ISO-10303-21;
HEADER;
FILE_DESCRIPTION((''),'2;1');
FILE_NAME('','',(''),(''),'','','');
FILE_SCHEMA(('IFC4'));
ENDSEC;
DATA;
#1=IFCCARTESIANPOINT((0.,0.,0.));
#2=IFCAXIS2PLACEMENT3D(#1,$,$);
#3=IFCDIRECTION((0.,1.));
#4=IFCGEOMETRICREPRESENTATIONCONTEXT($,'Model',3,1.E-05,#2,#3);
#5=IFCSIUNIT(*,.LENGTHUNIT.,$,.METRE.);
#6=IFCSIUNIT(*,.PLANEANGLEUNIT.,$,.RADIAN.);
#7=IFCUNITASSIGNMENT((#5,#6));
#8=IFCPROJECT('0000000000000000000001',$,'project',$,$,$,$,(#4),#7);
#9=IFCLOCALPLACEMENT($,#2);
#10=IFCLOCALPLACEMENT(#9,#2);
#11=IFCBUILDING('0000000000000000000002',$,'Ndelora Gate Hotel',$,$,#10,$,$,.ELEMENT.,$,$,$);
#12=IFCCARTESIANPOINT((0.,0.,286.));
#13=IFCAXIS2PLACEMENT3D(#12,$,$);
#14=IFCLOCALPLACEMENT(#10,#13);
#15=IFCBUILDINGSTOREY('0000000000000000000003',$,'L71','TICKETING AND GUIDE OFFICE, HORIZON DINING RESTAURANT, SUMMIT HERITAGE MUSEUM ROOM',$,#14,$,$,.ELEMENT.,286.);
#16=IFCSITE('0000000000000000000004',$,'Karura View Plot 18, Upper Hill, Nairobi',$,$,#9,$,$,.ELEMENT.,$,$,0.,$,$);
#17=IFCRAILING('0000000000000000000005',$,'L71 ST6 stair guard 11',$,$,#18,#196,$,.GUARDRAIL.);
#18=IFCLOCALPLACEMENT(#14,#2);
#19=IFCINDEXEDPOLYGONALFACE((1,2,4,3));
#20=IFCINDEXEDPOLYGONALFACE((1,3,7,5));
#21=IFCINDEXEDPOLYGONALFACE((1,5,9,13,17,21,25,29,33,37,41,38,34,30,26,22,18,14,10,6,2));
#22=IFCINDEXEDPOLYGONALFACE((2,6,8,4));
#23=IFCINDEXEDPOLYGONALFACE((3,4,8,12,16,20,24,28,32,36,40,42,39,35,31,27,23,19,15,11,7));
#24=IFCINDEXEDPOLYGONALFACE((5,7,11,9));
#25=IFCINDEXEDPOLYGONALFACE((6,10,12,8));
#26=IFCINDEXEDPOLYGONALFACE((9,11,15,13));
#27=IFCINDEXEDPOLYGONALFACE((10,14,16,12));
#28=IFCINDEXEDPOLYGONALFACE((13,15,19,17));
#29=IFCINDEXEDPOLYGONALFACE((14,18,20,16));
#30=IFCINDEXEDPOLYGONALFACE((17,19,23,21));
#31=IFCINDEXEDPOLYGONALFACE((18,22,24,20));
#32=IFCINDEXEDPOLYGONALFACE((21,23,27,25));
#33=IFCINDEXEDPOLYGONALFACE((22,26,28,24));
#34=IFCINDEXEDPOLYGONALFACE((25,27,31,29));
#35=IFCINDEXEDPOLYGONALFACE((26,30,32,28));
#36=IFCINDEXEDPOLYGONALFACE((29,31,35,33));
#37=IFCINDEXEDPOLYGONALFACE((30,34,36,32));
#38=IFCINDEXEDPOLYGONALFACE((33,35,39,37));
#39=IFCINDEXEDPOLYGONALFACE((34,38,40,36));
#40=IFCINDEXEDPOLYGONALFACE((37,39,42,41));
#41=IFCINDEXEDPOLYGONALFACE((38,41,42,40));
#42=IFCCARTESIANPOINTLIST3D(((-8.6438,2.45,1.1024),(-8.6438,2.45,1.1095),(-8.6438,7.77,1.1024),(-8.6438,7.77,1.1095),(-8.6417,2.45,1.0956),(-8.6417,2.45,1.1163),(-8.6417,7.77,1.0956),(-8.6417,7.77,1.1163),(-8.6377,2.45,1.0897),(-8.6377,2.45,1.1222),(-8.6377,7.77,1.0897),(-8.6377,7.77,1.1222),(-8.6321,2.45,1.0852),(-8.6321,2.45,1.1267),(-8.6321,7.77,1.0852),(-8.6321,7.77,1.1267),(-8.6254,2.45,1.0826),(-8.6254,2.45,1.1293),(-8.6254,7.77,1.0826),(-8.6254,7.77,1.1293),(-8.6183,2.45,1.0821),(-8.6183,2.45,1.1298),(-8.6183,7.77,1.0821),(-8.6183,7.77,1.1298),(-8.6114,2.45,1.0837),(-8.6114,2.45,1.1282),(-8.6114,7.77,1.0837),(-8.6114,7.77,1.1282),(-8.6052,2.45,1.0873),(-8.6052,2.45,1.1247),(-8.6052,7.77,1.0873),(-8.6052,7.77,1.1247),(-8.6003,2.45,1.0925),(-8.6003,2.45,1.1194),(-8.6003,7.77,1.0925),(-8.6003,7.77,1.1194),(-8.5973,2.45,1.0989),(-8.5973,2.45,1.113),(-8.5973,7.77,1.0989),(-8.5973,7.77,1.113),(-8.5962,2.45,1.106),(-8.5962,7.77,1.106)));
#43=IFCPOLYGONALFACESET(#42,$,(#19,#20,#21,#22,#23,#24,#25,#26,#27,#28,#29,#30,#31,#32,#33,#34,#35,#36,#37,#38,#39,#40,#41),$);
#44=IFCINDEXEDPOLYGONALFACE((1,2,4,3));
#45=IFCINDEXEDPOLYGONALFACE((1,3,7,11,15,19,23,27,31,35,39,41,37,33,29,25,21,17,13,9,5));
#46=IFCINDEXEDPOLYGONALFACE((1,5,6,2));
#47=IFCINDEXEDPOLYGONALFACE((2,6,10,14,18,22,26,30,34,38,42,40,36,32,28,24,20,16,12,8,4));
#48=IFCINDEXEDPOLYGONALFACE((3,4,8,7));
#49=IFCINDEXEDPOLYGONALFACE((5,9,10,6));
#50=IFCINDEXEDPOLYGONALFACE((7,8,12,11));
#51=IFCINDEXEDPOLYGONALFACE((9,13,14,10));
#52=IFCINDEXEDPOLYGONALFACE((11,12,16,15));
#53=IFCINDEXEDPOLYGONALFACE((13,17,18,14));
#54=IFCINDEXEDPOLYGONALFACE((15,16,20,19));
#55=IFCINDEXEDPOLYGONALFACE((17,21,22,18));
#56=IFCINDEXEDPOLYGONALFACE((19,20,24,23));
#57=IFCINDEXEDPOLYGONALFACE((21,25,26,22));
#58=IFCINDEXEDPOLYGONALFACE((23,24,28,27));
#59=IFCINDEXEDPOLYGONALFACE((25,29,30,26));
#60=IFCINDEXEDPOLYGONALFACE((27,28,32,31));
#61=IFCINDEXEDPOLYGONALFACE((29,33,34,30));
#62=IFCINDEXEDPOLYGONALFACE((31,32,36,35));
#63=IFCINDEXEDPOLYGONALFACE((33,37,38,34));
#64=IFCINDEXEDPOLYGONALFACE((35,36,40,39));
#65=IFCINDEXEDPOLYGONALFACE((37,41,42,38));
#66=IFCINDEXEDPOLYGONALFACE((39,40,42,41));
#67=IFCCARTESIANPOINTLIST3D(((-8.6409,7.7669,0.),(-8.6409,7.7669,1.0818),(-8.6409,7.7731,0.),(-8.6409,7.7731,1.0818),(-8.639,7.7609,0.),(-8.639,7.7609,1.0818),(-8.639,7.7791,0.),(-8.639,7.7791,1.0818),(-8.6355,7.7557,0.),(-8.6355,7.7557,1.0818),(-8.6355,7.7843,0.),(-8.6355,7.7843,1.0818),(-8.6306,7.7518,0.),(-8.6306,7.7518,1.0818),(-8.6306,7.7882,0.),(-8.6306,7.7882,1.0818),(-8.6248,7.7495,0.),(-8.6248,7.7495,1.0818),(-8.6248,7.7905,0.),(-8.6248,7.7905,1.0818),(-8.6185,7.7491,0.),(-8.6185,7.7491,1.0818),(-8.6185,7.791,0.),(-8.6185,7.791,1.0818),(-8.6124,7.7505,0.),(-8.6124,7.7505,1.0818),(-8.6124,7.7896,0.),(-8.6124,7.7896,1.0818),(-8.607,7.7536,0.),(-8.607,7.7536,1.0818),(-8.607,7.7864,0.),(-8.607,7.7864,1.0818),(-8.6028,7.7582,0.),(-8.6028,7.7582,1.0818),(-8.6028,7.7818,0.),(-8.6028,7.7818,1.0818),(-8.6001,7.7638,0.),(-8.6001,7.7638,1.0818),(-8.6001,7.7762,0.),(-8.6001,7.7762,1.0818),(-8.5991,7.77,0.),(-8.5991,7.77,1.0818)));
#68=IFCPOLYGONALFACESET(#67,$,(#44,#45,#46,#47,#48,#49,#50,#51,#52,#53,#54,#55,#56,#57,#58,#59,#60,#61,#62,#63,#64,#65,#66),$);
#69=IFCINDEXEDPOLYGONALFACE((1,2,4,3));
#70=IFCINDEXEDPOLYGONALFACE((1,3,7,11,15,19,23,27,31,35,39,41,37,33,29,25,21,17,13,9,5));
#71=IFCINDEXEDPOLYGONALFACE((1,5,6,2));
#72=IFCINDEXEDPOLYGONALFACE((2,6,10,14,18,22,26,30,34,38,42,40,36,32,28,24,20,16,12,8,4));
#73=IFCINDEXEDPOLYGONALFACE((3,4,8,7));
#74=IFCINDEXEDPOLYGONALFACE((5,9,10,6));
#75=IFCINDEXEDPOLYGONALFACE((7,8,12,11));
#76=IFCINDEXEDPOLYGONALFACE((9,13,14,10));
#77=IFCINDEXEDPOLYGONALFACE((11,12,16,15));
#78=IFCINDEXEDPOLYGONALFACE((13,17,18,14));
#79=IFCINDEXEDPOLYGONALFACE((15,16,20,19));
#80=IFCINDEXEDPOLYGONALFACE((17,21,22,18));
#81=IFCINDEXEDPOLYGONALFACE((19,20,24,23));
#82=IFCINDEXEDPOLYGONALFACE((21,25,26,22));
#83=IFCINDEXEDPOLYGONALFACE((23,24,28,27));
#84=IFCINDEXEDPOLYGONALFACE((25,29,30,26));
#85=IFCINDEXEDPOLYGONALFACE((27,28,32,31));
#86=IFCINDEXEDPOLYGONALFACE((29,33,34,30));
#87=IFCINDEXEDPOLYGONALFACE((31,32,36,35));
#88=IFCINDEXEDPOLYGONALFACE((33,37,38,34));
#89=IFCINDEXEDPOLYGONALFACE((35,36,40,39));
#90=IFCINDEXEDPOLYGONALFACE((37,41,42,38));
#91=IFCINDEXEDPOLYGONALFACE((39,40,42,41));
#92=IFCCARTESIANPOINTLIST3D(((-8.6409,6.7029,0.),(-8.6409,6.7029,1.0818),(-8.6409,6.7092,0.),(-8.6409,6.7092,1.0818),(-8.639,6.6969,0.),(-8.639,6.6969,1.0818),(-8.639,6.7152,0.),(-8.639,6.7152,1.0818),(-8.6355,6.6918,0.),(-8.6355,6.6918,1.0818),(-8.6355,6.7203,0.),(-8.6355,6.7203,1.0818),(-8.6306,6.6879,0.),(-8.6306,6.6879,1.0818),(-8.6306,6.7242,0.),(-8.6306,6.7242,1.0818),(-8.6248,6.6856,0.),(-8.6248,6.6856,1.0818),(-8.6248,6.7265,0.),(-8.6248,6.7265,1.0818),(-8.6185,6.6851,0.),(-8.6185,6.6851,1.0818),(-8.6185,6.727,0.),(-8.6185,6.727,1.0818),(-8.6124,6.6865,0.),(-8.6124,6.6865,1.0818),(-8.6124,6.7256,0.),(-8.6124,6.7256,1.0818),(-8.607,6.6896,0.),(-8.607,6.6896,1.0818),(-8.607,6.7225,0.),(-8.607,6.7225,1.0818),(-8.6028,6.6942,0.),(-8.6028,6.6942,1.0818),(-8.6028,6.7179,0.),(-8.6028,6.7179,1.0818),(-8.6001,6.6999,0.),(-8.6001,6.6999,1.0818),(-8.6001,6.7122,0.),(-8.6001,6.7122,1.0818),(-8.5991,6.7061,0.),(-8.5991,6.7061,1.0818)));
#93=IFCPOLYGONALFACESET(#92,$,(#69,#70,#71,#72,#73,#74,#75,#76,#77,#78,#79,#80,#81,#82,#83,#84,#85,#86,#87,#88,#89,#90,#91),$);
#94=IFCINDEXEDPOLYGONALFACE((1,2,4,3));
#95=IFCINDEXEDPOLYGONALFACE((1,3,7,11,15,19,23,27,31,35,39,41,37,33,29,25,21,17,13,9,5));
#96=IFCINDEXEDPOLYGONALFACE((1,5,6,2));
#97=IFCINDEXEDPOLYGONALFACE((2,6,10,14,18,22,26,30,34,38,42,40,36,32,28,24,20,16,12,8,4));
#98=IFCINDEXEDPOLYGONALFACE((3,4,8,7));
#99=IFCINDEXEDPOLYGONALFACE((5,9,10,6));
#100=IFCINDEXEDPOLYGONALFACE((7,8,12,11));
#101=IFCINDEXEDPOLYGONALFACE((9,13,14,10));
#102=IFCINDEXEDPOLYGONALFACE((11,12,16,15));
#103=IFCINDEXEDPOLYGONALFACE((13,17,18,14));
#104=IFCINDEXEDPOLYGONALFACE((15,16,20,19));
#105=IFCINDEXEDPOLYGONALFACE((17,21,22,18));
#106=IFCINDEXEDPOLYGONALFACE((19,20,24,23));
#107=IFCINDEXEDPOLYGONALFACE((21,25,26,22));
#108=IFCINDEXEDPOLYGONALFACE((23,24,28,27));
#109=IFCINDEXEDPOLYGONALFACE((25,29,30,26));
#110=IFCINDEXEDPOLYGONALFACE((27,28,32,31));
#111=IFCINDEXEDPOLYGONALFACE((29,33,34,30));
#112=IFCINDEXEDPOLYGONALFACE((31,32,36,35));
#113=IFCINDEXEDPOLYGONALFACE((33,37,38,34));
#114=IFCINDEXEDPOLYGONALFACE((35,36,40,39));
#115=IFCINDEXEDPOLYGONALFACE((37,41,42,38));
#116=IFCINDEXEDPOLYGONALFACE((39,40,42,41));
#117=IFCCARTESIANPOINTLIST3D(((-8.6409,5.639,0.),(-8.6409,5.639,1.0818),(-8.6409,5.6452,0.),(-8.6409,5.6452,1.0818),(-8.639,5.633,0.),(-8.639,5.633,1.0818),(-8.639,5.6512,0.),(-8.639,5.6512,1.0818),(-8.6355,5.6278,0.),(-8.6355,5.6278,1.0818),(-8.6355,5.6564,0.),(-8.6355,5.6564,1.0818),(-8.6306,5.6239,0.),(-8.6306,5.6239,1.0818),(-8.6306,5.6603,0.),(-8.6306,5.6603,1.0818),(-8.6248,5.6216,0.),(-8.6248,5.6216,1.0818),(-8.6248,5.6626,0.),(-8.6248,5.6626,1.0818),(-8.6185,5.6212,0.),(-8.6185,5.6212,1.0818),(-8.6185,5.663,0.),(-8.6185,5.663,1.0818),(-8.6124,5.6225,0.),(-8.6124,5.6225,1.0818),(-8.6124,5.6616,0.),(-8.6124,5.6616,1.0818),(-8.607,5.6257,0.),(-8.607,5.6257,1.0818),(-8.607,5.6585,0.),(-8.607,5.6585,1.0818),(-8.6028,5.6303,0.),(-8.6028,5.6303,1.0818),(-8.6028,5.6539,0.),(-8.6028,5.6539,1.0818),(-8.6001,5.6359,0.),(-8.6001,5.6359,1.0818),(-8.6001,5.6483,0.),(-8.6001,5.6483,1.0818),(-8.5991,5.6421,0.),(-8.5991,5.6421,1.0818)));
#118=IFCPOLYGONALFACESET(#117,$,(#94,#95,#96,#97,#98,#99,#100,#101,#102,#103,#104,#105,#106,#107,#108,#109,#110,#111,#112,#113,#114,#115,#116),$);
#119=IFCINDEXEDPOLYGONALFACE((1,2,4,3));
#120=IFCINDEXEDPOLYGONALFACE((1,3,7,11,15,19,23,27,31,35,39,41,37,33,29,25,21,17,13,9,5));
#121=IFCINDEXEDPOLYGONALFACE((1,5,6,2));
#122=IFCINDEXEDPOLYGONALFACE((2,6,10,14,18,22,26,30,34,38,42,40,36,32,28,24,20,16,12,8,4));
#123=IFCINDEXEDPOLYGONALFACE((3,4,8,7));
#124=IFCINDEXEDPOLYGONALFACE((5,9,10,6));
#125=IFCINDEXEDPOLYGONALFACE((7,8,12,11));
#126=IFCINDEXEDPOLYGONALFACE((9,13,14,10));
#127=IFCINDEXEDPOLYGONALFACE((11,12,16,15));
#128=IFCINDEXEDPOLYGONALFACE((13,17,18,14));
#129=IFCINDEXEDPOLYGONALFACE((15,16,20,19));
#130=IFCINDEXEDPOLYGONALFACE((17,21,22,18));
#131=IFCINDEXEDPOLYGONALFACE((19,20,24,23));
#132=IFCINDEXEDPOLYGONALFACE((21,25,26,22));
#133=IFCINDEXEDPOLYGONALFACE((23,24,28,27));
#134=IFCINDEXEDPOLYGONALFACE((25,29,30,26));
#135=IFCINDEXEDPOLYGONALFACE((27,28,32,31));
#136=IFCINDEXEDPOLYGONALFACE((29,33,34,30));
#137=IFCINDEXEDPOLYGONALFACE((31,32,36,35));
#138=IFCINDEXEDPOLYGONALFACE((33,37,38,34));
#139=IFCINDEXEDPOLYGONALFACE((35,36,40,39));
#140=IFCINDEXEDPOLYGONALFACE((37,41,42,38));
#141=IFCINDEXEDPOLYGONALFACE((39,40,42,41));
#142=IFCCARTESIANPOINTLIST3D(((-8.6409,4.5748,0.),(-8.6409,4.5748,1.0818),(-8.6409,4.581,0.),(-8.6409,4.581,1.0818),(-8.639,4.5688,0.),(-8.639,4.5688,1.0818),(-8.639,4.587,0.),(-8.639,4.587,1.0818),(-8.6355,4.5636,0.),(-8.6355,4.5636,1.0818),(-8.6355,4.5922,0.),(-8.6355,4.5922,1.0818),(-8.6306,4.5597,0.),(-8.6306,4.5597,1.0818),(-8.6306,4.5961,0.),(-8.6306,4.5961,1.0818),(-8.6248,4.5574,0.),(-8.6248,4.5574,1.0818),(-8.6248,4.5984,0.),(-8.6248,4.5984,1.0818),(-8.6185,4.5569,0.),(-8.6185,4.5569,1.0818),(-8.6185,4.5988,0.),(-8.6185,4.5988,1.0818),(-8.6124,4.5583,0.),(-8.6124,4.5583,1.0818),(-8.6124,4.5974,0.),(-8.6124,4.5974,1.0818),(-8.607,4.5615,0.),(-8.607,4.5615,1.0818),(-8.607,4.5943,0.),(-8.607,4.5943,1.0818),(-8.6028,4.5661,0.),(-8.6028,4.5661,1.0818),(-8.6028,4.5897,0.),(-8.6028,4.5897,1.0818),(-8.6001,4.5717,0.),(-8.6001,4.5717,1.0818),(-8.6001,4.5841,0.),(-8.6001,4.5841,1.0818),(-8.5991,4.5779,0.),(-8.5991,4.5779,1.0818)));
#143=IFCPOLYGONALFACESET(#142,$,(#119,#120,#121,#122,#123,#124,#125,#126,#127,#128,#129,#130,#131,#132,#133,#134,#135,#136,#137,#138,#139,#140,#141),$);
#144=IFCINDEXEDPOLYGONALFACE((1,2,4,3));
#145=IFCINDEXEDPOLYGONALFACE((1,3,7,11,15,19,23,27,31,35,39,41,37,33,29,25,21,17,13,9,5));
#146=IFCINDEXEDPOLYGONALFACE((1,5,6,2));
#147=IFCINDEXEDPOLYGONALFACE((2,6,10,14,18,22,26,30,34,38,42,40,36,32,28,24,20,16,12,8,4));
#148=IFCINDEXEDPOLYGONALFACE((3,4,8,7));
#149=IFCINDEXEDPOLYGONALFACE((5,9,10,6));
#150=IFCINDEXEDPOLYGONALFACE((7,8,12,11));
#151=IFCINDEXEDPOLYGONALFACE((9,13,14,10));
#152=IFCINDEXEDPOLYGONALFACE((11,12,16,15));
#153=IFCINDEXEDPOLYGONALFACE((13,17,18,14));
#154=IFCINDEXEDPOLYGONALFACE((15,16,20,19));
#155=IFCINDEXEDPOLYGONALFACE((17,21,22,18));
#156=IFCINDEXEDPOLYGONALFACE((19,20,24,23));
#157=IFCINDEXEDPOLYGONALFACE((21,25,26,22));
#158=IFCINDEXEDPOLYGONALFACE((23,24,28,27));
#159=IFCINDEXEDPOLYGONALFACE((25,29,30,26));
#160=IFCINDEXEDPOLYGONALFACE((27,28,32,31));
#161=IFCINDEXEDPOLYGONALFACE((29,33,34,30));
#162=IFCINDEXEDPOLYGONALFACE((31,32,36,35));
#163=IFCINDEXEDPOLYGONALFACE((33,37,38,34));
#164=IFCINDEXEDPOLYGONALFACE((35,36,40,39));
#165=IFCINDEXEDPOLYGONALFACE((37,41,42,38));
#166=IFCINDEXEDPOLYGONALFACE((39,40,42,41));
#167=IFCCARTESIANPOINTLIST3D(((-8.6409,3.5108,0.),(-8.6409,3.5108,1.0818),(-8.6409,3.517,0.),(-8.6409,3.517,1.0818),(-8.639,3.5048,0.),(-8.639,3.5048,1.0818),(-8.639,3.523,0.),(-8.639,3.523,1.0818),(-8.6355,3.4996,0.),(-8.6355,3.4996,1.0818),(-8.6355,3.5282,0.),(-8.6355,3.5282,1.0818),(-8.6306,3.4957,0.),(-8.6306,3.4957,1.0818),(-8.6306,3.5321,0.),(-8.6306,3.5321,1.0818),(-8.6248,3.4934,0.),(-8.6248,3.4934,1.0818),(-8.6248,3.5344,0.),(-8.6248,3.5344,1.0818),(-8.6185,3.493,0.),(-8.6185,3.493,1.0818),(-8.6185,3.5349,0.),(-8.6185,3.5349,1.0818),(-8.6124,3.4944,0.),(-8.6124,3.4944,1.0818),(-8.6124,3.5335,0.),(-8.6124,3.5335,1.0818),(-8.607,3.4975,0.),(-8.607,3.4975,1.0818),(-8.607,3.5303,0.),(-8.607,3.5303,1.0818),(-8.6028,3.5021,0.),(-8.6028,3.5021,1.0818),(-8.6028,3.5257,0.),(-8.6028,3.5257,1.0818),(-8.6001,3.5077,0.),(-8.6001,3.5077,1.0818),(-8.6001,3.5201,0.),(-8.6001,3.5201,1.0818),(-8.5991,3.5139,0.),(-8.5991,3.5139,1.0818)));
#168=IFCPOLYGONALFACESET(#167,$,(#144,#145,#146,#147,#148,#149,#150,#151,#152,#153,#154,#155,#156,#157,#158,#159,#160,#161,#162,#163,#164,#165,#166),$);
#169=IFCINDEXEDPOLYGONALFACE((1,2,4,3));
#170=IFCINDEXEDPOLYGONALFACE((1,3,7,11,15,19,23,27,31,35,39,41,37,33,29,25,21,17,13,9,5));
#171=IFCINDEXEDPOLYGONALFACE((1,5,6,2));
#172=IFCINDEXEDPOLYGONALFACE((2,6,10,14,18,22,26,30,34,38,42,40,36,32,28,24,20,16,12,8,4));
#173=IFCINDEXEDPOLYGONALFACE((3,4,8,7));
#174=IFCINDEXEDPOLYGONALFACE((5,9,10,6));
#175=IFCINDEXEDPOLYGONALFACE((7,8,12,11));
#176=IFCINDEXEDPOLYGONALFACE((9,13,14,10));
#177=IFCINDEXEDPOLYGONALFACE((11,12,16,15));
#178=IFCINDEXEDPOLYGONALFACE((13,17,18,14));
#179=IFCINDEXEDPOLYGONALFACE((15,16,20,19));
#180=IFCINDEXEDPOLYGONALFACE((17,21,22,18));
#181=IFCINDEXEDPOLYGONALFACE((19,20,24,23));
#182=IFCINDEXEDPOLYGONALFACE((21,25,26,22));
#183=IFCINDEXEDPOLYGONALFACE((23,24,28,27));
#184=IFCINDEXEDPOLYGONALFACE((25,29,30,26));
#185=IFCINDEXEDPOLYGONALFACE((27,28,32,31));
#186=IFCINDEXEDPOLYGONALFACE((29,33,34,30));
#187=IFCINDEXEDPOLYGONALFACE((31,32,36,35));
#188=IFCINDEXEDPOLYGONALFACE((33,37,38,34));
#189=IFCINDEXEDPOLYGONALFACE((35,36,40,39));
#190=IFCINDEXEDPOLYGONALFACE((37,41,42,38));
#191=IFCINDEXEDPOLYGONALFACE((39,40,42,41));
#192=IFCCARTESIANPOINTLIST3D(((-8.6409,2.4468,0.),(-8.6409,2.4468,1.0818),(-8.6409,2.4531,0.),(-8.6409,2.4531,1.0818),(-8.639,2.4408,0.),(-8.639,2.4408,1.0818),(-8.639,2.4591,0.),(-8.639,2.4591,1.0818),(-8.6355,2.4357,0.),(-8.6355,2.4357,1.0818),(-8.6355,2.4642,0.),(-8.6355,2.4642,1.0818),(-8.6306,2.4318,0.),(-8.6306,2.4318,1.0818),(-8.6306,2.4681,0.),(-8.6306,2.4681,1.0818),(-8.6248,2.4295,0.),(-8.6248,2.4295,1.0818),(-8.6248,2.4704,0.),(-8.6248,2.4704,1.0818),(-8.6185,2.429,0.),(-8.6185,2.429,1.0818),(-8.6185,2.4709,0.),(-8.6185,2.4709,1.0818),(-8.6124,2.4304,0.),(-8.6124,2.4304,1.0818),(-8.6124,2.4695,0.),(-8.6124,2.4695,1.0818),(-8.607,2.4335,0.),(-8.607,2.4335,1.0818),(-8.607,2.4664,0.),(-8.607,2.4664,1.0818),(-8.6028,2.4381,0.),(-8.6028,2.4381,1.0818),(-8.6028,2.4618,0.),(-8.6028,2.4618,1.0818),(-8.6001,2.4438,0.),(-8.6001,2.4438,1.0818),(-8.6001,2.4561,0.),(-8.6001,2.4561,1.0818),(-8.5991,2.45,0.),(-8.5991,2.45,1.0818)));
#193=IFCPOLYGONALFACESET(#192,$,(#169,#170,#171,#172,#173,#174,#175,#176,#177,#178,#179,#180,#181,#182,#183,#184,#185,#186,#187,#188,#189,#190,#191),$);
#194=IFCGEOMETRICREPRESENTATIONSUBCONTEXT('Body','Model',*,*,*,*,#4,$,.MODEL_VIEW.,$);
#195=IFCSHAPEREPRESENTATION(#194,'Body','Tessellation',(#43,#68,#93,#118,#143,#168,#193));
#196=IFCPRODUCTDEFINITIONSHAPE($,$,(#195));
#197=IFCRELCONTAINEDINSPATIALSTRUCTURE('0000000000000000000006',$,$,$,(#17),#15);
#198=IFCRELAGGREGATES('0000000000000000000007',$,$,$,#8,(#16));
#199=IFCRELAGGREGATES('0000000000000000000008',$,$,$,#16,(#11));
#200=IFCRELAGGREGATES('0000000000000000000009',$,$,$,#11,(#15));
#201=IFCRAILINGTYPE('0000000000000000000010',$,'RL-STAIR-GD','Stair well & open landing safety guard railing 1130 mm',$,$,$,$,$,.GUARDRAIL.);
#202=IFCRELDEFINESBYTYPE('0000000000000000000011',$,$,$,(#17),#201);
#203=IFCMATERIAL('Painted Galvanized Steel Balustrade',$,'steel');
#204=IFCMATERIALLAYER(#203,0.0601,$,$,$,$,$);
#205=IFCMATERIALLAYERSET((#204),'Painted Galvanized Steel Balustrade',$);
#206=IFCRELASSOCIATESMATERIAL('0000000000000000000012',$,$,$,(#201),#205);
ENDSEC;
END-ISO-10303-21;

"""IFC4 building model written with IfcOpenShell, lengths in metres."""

from ifc_helpers import new_model, si_unit, direction, frame, origin, origin_2d, place, context, subcontext, project, spatial, circle, extrude, material, layer, layer_set, type_object, element, save


model = new_model("IFC4")

# Units and contexts
model_context = context("Model", 3, precision=1e-05, world=origin(), true_north=direction((0.0, 1.0)))
body_context = subcontext(model_context, "Body", "Model", "MODEL_VIEW")
ifc_project = project(units=[si_unit("LENGTHUNIT", "METRE"), si_unit("PLANEANGLEUNIT", "RADIAN")], contexts=[model_context])

# Site, building, storey
site_placement = place(None, origin())
site = spatial("IfcSite", under=ifc_project, at=site_placement, Name="Karura View Plot 18, Upper Hill, Nairobi", CompositionType="ELEMENT", RefElevation=0.0)
building_placement = place(site_placement, origin())
building = spatial("IfcBuilding", under=site, at=building_placement, Name="Ndelora Gate Hotel", CompositionType="ELEMENT")
storey_placement = place(building_placement, frame((0.0, 0.0, 286.0)))
storey = spatial("IfcBuildingStorey", under=building, at=storey_placement, Name="L71", Description="TICKETING AND GUIDE OFFICE, HORIZON DINING RESTAURANT, SUMMIT HERITAGE MUSEUM ROOM", CompositionType="ELEMENT", Elevation=286.0)

# Railing
ifc_material_1 = material(Name="Painted Galvanized Steel Balustrade", Category="steel")
ifc_layer_1 = layer(ifc_material_1, 0.0601)
ifc_layer_set_1 = layer_set([ifc_layer_1], Name="Painted Galvanized Steel Balustrade")
railing_type_1 = type_object("IfcRailingType", Name="RL-STAIR-GD", Description="Stair well & open landing safety guard railing 1130 mm", PredefinedType="GUARDRAIL", material=ifc_layer_set_1)
for number, where, name in (
    (1, (-8.6201, 7.77, 0.0), "L71 ST6 stair guard 11"),
):
    element("IfcRailing", number, at=place(storey_placement, frame(where)), inside=storey, type_object=railing_type_1, Name=name, PredefinedType="GUARDRAIL", context=body_context, shape_type="SweptSolid", body=[
        extrude(circle(Radius=0.0239, at=origin_2d()), frame((0.0, 0.0, 1.106), z_axis=(0.0, -1.0, 0.0), x_axis=(1.0, 0.0, 0.0)), (0.0, 0.0, 1.0), 5.3201),
        extrude(circle(Radius=0.021, at=origin_2d()), origin(), (0.0, 0.0, 1.0), 1.0818),
        extrude(circle(Radius=0.021, at=origin_2d()), frame((0.0, -1.064, 0.0)), (0.0, 0.0, 1.0), 1.0818),
        extrude(circle(Radius=0.021, at=origin_2d()), frame((0.0, -2.1279, 0.0)), (0.0, 0.0, 1.0), 1.0818),
        extrude(circle(Radius=0.021, at=origin_2d()), frame((0.0, -3.1921, 0.0)), (0.0, 0.0, 1.0), 1.0818),
        extrude(circle(Radius=0.021, at=origin_2d()), frame((0.0, -4.2561, 0.0)), (0.0, 0.0, 1.0), 1.0818),
        extrude(circle(Radius=0.021, at=origin_2d()), frame((0.0, -5.3201, 0.0)), (0.0, 0.0, 1.0), 1.0818),
    ])

save(model, "model.ifc")
